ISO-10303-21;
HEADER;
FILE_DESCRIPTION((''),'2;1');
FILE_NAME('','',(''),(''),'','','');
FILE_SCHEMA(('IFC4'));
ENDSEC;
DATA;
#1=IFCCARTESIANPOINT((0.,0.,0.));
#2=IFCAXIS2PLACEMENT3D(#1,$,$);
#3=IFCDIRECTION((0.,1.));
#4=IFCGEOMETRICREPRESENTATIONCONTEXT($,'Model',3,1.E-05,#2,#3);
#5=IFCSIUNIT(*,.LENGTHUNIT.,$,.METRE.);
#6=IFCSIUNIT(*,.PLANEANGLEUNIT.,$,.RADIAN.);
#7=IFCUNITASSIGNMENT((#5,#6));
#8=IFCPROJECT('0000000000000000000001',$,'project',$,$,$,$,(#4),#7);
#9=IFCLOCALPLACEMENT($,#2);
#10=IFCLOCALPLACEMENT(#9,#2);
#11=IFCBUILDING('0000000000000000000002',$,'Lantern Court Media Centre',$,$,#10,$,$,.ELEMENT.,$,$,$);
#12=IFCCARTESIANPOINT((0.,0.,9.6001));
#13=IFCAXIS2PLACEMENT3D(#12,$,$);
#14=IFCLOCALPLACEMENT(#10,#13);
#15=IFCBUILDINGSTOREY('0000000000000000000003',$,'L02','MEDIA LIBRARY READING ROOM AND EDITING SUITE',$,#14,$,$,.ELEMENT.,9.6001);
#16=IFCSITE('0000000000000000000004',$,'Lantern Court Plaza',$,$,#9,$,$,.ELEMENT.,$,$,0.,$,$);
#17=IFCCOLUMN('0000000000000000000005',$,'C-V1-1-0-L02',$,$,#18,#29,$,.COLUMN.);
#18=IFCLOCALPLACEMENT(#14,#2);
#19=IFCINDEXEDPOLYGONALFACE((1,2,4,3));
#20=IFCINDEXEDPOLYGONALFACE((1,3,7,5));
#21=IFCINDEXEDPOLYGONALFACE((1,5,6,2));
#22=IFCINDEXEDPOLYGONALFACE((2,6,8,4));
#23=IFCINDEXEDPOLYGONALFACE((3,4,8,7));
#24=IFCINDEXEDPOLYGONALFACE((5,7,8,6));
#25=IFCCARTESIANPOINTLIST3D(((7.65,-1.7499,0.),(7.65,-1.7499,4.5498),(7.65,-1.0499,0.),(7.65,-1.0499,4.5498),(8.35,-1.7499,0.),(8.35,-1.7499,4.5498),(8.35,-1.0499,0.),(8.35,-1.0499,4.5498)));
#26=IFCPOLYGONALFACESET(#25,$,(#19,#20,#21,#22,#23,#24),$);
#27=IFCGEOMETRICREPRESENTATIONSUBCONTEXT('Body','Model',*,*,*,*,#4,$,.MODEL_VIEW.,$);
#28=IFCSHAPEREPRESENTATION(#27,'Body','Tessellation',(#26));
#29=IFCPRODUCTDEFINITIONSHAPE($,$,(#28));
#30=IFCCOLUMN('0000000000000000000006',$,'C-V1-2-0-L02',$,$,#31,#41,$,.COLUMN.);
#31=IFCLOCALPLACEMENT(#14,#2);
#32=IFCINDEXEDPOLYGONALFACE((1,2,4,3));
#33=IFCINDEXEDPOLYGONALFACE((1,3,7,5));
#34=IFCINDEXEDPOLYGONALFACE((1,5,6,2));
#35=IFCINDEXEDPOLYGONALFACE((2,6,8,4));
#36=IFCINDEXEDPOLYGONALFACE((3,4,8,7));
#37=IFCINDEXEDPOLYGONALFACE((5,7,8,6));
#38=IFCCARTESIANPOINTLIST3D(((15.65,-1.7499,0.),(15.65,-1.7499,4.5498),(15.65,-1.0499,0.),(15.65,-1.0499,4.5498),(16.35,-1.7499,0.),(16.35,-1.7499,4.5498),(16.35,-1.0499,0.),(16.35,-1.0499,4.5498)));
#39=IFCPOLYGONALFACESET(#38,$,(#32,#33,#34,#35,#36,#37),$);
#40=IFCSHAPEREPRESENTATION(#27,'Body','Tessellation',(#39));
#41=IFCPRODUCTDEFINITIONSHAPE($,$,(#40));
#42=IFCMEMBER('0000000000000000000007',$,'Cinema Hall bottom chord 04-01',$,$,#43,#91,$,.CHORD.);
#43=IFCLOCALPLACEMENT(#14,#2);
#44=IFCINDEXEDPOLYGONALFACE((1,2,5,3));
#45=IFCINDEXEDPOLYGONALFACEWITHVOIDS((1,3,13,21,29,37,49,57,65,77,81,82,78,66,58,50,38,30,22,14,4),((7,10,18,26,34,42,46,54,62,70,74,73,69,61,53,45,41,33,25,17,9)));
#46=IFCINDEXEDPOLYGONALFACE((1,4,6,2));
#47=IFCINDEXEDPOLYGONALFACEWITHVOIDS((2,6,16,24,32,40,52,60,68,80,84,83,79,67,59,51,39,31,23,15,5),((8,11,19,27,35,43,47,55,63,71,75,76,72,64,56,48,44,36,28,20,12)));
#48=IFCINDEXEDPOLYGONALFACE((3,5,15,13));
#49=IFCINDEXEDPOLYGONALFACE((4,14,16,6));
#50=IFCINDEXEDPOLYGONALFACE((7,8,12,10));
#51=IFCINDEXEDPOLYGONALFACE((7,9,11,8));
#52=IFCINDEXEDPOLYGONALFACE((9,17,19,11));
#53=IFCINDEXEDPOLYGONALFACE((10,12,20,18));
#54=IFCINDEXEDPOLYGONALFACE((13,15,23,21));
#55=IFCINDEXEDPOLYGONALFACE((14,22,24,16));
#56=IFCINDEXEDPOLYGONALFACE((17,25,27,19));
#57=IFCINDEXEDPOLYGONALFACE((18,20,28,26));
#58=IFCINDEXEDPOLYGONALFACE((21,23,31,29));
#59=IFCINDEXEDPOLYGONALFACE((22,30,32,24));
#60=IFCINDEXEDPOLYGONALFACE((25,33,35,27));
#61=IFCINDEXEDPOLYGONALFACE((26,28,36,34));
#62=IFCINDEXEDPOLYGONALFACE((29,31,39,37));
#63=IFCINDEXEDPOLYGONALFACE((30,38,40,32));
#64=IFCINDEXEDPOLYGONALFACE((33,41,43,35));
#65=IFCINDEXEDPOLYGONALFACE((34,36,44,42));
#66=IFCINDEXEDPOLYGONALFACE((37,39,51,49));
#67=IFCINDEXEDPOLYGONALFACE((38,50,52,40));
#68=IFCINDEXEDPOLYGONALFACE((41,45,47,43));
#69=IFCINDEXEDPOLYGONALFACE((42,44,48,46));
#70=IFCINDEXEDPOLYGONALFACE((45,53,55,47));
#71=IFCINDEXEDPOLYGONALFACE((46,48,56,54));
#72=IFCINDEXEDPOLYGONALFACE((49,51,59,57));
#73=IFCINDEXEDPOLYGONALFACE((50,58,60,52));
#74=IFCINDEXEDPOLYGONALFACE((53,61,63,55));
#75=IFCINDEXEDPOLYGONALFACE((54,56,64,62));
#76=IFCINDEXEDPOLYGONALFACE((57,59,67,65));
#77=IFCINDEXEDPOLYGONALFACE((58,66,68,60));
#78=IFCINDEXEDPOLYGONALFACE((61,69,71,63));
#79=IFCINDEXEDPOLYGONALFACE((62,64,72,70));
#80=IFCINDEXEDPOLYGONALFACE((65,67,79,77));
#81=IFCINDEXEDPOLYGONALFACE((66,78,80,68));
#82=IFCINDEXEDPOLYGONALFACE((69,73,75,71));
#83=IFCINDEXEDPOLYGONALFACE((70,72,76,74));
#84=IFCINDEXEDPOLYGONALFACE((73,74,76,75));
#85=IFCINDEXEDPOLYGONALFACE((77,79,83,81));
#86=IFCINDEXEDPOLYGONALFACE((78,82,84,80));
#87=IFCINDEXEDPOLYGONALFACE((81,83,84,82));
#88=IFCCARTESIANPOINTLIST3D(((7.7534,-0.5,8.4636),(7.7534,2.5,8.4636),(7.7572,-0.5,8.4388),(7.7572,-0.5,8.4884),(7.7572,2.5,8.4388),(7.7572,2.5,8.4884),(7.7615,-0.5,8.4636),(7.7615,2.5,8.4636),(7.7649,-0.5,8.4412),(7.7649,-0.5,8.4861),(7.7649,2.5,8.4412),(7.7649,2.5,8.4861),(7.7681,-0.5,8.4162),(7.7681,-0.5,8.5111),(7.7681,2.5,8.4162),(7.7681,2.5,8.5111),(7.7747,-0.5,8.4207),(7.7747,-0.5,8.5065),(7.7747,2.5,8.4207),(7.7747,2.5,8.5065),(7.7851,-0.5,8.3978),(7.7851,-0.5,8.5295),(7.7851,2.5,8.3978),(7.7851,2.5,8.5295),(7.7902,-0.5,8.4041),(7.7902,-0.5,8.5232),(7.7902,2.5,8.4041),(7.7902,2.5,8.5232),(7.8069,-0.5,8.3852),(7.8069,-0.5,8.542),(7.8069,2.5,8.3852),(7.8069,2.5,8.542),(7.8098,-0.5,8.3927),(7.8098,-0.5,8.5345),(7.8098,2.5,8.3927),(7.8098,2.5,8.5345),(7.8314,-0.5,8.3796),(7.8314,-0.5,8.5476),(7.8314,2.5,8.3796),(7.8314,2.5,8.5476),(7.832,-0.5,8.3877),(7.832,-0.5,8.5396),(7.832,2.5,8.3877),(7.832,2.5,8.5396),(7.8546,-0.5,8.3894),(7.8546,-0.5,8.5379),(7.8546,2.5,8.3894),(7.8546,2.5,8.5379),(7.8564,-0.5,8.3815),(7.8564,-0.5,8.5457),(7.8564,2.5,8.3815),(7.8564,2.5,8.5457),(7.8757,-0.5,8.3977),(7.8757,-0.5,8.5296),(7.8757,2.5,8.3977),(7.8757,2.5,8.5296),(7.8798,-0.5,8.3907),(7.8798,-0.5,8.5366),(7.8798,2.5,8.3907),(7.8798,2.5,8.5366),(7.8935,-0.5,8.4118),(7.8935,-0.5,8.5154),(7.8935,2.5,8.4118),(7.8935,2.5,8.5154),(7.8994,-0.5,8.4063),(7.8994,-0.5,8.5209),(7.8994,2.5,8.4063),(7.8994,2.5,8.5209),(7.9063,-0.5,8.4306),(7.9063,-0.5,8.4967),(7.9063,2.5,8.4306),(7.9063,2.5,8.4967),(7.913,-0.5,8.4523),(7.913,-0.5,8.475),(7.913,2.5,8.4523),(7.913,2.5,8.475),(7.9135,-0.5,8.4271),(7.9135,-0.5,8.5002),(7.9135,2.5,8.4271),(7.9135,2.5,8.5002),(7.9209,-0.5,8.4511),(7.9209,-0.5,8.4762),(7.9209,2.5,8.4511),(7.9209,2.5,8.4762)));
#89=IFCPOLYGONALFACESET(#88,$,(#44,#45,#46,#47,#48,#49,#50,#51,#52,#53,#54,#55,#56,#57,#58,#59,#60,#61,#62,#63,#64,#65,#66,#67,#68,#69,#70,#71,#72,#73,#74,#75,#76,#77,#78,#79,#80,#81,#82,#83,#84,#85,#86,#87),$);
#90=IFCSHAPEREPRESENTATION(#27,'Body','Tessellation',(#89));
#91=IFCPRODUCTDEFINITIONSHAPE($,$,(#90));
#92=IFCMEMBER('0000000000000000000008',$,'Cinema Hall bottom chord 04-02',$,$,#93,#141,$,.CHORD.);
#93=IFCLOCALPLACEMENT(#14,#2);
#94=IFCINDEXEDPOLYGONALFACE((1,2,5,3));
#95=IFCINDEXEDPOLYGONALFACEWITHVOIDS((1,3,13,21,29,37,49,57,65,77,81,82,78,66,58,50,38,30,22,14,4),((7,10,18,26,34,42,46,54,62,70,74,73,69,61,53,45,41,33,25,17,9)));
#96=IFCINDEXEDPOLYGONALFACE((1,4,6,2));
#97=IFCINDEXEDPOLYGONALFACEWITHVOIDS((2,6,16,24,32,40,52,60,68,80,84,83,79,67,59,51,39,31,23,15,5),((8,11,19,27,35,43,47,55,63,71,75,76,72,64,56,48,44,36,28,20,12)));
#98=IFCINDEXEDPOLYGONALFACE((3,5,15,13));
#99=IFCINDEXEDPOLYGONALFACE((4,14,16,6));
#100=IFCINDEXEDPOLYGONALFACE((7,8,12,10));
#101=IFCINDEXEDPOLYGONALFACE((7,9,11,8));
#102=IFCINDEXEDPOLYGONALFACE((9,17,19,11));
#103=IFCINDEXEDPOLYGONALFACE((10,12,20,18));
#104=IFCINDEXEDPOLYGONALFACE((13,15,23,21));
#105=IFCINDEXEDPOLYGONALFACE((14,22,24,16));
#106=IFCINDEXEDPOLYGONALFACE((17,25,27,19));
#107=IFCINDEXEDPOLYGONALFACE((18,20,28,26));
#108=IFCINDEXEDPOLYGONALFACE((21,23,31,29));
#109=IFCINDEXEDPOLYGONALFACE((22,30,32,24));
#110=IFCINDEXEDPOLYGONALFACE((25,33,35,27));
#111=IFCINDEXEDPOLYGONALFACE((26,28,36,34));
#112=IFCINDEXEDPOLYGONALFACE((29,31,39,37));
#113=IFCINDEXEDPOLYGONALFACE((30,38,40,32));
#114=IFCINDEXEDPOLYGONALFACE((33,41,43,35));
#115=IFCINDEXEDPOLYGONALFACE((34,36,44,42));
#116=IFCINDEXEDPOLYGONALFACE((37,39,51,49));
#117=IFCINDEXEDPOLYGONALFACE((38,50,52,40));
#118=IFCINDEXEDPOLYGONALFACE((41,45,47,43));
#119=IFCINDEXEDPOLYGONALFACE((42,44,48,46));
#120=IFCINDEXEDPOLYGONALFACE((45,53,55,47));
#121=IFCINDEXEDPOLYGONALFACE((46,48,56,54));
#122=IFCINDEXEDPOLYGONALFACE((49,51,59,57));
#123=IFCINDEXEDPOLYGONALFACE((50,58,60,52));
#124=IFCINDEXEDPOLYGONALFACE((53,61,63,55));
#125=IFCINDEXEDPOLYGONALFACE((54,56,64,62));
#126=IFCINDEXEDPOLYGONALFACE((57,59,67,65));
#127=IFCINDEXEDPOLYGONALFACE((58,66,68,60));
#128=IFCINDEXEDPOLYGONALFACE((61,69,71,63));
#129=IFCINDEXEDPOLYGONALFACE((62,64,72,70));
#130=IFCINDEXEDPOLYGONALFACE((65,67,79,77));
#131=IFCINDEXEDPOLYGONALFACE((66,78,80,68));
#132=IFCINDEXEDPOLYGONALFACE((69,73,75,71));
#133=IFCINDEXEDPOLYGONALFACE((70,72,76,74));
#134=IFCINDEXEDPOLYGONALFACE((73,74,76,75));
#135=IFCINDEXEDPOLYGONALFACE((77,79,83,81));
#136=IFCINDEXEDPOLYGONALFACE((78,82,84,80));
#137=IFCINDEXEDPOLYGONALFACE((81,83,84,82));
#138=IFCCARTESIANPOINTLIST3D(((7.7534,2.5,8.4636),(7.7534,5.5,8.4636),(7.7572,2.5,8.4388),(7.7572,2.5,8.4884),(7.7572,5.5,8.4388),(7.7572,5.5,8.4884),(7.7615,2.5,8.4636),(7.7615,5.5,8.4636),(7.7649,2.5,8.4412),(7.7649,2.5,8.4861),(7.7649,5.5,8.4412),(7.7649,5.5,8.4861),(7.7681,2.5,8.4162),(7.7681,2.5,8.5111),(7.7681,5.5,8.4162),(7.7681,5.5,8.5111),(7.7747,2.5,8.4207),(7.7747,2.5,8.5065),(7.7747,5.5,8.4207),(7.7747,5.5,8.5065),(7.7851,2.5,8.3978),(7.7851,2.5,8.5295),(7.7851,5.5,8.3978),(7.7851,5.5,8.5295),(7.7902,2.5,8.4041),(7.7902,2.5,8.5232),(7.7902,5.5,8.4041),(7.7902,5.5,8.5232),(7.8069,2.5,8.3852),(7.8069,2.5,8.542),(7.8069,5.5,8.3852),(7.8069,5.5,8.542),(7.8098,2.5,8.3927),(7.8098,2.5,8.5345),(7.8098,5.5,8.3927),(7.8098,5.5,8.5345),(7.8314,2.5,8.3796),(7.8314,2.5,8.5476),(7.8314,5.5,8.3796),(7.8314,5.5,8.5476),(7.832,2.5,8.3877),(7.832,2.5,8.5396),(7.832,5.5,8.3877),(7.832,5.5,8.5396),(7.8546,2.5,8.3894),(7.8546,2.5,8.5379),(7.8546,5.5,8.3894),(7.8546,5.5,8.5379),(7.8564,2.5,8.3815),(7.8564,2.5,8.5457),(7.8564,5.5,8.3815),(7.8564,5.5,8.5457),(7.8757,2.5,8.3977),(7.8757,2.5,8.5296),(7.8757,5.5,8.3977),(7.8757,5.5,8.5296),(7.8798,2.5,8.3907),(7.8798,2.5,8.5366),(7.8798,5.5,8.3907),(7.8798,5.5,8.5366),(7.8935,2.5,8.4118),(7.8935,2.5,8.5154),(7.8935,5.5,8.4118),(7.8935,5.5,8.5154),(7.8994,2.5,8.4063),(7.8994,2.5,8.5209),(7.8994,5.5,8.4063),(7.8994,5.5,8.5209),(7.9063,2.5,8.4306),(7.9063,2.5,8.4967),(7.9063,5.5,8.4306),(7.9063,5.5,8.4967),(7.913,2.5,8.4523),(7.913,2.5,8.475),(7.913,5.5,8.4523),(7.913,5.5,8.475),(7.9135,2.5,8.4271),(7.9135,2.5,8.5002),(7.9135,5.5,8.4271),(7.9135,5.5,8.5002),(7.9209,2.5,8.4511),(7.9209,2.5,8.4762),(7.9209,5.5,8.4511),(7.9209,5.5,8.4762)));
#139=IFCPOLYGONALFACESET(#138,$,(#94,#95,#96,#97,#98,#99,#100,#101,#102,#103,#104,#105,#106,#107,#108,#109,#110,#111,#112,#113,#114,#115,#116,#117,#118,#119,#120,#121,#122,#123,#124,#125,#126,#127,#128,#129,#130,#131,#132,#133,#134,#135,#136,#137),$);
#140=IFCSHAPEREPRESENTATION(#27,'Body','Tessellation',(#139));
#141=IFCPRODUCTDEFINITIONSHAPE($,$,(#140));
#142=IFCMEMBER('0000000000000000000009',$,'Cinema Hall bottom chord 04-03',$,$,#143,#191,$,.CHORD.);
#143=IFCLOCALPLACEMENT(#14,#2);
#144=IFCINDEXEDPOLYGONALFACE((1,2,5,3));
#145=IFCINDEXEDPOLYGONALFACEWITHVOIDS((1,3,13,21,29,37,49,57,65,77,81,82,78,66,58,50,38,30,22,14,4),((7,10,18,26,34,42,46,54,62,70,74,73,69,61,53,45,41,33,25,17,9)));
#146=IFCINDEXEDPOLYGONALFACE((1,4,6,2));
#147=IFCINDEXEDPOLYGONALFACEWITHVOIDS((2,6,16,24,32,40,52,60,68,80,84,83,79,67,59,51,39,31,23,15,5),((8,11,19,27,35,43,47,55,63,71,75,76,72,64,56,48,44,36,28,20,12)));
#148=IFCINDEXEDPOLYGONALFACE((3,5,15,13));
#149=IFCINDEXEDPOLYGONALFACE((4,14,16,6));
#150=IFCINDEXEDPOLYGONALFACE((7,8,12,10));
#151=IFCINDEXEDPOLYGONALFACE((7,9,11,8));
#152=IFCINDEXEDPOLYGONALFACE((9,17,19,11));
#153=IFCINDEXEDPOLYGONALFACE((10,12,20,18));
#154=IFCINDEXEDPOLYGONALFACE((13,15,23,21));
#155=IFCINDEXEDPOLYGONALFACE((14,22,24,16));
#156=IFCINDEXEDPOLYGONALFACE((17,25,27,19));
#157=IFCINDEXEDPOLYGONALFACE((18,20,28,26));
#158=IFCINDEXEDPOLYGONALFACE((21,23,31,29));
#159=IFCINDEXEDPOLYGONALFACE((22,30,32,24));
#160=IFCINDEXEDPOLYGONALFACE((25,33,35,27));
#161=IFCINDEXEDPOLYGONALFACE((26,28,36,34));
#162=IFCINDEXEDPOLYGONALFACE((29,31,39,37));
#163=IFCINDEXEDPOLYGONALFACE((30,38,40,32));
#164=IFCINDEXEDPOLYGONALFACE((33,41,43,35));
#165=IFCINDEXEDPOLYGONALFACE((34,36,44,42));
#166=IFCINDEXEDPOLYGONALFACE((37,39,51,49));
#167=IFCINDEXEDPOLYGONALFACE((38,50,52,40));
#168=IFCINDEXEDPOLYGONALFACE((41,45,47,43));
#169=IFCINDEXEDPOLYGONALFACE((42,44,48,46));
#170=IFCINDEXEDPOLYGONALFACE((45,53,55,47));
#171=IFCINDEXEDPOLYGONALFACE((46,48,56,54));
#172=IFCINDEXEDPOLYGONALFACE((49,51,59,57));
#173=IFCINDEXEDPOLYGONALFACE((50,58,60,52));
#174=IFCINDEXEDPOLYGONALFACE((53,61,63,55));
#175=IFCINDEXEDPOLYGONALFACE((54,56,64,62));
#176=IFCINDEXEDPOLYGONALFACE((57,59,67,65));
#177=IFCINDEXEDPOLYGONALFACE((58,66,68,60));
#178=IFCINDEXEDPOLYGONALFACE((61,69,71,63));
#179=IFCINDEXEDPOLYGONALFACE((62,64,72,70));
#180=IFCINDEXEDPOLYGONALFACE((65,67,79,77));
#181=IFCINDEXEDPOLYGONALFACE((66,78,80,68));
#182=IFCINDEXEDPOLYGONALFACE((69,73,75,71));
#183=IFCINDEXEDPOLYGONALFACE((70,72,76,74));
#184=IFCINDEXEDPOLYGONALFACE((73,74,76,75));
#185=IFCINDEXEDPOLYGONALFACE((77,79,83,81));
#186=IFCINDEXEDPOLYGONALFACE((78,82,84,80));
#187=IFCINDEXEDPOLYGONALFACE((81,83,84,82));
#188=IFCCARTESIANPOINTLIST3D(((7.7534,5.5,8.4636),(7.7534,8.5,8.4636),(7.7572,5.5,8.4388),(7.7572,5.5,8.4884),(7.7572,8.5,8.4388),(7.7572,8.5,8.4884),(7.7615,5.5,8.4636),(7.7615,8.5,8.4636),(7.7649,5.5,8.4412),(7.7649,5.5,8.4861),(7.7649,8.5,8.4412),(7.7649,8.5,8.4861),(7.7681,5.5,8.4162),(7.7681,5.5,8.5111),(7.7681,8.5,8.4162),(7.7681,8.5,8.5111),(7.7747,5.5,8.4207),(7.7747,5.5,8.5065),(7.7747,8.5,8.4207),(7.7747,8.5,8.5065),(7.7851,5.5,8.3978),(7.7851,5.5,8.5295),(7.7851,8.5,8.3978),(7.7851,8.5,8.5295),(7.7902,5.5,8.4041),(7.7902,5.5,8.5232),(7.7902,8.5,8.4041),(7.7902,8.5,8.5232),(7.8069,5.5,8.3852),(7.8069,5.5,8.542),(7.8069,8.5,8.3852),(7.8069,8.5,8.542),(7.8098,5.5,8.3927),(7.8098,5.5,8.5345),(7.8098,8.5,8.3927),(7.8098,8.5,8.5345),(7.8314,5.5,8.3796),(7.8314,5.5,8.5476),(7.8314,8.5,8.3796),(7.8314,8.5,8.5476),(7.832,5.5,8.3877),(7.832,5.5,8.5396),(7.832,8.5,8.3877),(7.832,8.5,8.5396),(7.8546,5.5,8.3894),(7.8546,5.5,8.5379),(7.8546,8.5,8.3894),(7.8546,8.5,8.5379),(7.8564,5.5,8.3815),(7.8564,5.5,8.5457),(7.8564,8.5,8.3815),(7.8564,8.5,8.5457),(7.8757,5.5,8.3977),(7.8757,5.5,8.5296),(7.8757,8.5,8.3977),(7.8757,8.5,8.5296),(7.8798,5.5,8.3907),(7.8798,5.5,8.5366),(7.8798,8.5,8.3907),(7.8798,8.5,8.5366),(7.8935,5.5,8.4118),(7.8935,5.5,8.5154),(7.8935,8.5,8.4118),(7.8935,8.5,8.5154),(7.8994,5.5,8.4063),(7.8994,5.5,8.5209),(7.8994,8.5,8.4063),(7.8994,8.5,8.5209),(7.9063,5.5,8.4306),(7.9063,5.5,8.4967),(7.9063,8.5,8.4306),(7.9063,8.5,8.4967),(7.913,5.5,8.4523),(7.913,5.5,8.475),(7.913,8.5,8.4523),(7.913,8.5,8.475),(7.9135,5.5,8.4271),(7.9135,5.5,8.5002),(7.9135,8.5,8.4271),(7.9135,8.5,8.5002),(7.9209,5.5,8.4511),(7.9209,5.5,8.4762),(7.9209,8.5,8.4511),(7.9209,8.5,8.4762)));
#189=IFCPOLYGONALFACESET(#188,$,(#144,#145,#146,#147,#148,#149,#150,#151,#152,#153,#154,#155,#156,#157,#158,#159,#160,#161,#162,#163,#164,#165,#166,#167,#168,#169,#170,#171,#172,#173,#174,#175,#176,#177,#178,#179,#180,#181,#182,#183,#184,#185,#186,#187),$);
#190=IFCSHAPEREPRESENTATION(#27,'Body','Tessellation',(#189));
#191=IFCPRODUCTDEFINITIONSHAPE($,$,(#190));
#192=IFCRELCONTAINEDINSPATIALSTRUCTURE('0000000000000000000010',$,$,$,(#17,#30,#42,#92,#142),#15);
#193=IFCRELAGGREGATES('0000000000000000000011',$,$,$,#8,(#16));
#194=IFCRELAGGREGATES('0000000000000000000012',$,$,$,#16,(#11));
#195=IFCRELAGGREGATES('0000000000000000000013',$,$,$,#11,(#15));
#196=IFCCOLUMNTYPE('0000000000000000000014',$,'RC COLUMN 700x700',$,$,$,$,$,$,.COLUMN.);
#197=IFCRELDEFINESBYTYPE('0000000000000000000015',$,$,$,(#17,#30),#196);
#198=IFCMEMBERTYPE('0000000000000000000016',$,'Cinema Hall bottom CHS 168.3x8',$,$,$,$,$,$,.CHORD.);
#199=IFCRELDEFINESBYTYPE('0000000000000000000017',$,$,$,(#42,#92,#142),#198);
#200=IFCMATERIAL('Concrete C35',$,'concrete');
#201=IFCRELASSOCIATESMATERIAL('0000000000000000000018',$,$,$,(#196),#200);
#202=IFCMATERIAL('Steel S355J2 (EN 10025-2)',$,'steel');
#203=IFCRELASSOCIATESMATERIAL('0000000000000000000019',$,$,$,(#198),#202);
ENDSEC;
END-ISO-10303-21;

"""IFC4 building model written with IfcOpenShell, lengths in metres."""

from ifc_helpers import new_model, si_unit, direction, frame, origin, origin_2d, place, context, subcontext, project, spatial, rectangle, hollow_circle, extrude, material, material_profile, profile_set, type_object, element, save


model = new_model("IFC4")

# Units and contexts
model_context = context("Model", 3, precision=1e-05, world=origin(), true_north=direction((0.0, 1.0)))
body_context = subcontext(model_context, "Body", "Model", "MODEL_VIEW")
ifc_project = project(units=[si_unit("LENGTHUNIT", "METRE"), si_unit("PLANEANGLEUNIT", "RADIAN")], contexts=[model_context])

# Site, building, storey
site_placement = place(None, origin())
site = spatial("IfcSite", under=ifc_project, at=site_placement, Name="Lantern Court Plaza", CompositionType="ELEMENT", RefElevation=0.0)
building_placement = place(site_placement, origin())
building = spatial("IfcBuilding", under=site, at=building_placement, Name="Lantern Court Media Centre", CompositionType="ELEMENT")
storey_placement = place(building_placement, frame((0.0, 0.0, 9.6001)))
storey = spatial("IfcBuildingStorey", under=building, at=storey_placement, Name="L02", Description="MEDIA LIBRARY READING ROOM AND EDITING SUITE", CompositionType="ELEMENT", Elevation=9.6001)

# Columns
ifc_material_1 = material(Name="Concrete C35", Category="concrete")
ifc_material_profile_1 = material_profile(ifc_material_1, rectangle(XDim=0.7, YDim=0.7, at=origin_2d()), Name="RC 700x700")
ifc_profile_set_1 = profile_set([ifc_material_profile_1], Name="Concrete C35")
column_type = type_object("IfcColumnType", Name="RC COLUMN 700x700", PredefinedType="COLUMN", material=ifc_profile_set_1)
for number, where, z_axis, x_axis, name in (
    (1, (8.0, -1.3999, 0.0), (0.0, 0.0, 1.0), (1.0, 0.0, 0.0), "C-V1-1-0-L02"),
    (2, (16.0, -1.3999, 0.0), (0.0, 0.0, 1.0), (1.0, 0.0, 0.0), "C-V1-2-0-L02"),
):
    element("IfcColumn", number, at=place(storey_placement, frame(where, z_axis=z_axis, x_axis=x_axis)), inside=storey, type_object=column_type, Name=name, PredefinedType="COLUMN", context=body_context, shape_type="SweptSolid", body=[
        extrude(rectangle(XDim=0.7, YDim=0.7, at=origin_2d()), origin(), (0.0, 0.0, 1.0), 4.5498),
    ])

# Members
ifc_material_2 = material(Name="Steel S355J2 (EN 10025-2)", Category="steel")
ifc_material_profile_2 = material_profile(ifc_material_2, hollow_circle(Radius=0.0842, WallThickness=0.0081, at=origin_2d()), Name="Cinema Hall bottom CHS 168.3x8")
ifc_profile_set_2 = profile_set([ifc_material_profile_2], Name="Steel S355J2 (EN 10025-2)")
member_type_1 = type_object("IfcMemberType", Name="Cinema Hall bottom CHS 168.3x8", PredefinedType="CHORD", material=ifc_profile_set_2)
for number, where, z_axis, x_axis, name in (
    (3, (7.8376, -0.5, 8.4636), (0.0, 1.0, 0.0), (-1.0, 0.0, 0.0), "Cinema Hall bottom chord 04-01"),
    (4, (7.8376, 2.5, 8.4636), (0.0, 1.0, 0.0), (-1.0, 0.0, 0.0), "Cinema Hall bottom chord 04-02"),
    (5, (7.8376, 5.5, 8.4636), (0.0, 1.0, 0.0), (-1.0, 0.0, 0.0), "Cinema Hall bottom chord 04-03"),
):
    element("IfcMember", number, at=place(storey_placement, frame(where, z_axis=z_axis, x_axis=x_axis)), inside=storey, type_object=member_type_1, Name=name, PredefinedType="CHORD", context=body_context, shape_type="SweptSolid", body=[
        extrude(hollow_circle(Radius=0.0842, WallThickness=0.0081, at=origin_2d()), origin(), (0.0, 0.0, 1.0), 3.0),
    ])

save(model, "model.ifc")
